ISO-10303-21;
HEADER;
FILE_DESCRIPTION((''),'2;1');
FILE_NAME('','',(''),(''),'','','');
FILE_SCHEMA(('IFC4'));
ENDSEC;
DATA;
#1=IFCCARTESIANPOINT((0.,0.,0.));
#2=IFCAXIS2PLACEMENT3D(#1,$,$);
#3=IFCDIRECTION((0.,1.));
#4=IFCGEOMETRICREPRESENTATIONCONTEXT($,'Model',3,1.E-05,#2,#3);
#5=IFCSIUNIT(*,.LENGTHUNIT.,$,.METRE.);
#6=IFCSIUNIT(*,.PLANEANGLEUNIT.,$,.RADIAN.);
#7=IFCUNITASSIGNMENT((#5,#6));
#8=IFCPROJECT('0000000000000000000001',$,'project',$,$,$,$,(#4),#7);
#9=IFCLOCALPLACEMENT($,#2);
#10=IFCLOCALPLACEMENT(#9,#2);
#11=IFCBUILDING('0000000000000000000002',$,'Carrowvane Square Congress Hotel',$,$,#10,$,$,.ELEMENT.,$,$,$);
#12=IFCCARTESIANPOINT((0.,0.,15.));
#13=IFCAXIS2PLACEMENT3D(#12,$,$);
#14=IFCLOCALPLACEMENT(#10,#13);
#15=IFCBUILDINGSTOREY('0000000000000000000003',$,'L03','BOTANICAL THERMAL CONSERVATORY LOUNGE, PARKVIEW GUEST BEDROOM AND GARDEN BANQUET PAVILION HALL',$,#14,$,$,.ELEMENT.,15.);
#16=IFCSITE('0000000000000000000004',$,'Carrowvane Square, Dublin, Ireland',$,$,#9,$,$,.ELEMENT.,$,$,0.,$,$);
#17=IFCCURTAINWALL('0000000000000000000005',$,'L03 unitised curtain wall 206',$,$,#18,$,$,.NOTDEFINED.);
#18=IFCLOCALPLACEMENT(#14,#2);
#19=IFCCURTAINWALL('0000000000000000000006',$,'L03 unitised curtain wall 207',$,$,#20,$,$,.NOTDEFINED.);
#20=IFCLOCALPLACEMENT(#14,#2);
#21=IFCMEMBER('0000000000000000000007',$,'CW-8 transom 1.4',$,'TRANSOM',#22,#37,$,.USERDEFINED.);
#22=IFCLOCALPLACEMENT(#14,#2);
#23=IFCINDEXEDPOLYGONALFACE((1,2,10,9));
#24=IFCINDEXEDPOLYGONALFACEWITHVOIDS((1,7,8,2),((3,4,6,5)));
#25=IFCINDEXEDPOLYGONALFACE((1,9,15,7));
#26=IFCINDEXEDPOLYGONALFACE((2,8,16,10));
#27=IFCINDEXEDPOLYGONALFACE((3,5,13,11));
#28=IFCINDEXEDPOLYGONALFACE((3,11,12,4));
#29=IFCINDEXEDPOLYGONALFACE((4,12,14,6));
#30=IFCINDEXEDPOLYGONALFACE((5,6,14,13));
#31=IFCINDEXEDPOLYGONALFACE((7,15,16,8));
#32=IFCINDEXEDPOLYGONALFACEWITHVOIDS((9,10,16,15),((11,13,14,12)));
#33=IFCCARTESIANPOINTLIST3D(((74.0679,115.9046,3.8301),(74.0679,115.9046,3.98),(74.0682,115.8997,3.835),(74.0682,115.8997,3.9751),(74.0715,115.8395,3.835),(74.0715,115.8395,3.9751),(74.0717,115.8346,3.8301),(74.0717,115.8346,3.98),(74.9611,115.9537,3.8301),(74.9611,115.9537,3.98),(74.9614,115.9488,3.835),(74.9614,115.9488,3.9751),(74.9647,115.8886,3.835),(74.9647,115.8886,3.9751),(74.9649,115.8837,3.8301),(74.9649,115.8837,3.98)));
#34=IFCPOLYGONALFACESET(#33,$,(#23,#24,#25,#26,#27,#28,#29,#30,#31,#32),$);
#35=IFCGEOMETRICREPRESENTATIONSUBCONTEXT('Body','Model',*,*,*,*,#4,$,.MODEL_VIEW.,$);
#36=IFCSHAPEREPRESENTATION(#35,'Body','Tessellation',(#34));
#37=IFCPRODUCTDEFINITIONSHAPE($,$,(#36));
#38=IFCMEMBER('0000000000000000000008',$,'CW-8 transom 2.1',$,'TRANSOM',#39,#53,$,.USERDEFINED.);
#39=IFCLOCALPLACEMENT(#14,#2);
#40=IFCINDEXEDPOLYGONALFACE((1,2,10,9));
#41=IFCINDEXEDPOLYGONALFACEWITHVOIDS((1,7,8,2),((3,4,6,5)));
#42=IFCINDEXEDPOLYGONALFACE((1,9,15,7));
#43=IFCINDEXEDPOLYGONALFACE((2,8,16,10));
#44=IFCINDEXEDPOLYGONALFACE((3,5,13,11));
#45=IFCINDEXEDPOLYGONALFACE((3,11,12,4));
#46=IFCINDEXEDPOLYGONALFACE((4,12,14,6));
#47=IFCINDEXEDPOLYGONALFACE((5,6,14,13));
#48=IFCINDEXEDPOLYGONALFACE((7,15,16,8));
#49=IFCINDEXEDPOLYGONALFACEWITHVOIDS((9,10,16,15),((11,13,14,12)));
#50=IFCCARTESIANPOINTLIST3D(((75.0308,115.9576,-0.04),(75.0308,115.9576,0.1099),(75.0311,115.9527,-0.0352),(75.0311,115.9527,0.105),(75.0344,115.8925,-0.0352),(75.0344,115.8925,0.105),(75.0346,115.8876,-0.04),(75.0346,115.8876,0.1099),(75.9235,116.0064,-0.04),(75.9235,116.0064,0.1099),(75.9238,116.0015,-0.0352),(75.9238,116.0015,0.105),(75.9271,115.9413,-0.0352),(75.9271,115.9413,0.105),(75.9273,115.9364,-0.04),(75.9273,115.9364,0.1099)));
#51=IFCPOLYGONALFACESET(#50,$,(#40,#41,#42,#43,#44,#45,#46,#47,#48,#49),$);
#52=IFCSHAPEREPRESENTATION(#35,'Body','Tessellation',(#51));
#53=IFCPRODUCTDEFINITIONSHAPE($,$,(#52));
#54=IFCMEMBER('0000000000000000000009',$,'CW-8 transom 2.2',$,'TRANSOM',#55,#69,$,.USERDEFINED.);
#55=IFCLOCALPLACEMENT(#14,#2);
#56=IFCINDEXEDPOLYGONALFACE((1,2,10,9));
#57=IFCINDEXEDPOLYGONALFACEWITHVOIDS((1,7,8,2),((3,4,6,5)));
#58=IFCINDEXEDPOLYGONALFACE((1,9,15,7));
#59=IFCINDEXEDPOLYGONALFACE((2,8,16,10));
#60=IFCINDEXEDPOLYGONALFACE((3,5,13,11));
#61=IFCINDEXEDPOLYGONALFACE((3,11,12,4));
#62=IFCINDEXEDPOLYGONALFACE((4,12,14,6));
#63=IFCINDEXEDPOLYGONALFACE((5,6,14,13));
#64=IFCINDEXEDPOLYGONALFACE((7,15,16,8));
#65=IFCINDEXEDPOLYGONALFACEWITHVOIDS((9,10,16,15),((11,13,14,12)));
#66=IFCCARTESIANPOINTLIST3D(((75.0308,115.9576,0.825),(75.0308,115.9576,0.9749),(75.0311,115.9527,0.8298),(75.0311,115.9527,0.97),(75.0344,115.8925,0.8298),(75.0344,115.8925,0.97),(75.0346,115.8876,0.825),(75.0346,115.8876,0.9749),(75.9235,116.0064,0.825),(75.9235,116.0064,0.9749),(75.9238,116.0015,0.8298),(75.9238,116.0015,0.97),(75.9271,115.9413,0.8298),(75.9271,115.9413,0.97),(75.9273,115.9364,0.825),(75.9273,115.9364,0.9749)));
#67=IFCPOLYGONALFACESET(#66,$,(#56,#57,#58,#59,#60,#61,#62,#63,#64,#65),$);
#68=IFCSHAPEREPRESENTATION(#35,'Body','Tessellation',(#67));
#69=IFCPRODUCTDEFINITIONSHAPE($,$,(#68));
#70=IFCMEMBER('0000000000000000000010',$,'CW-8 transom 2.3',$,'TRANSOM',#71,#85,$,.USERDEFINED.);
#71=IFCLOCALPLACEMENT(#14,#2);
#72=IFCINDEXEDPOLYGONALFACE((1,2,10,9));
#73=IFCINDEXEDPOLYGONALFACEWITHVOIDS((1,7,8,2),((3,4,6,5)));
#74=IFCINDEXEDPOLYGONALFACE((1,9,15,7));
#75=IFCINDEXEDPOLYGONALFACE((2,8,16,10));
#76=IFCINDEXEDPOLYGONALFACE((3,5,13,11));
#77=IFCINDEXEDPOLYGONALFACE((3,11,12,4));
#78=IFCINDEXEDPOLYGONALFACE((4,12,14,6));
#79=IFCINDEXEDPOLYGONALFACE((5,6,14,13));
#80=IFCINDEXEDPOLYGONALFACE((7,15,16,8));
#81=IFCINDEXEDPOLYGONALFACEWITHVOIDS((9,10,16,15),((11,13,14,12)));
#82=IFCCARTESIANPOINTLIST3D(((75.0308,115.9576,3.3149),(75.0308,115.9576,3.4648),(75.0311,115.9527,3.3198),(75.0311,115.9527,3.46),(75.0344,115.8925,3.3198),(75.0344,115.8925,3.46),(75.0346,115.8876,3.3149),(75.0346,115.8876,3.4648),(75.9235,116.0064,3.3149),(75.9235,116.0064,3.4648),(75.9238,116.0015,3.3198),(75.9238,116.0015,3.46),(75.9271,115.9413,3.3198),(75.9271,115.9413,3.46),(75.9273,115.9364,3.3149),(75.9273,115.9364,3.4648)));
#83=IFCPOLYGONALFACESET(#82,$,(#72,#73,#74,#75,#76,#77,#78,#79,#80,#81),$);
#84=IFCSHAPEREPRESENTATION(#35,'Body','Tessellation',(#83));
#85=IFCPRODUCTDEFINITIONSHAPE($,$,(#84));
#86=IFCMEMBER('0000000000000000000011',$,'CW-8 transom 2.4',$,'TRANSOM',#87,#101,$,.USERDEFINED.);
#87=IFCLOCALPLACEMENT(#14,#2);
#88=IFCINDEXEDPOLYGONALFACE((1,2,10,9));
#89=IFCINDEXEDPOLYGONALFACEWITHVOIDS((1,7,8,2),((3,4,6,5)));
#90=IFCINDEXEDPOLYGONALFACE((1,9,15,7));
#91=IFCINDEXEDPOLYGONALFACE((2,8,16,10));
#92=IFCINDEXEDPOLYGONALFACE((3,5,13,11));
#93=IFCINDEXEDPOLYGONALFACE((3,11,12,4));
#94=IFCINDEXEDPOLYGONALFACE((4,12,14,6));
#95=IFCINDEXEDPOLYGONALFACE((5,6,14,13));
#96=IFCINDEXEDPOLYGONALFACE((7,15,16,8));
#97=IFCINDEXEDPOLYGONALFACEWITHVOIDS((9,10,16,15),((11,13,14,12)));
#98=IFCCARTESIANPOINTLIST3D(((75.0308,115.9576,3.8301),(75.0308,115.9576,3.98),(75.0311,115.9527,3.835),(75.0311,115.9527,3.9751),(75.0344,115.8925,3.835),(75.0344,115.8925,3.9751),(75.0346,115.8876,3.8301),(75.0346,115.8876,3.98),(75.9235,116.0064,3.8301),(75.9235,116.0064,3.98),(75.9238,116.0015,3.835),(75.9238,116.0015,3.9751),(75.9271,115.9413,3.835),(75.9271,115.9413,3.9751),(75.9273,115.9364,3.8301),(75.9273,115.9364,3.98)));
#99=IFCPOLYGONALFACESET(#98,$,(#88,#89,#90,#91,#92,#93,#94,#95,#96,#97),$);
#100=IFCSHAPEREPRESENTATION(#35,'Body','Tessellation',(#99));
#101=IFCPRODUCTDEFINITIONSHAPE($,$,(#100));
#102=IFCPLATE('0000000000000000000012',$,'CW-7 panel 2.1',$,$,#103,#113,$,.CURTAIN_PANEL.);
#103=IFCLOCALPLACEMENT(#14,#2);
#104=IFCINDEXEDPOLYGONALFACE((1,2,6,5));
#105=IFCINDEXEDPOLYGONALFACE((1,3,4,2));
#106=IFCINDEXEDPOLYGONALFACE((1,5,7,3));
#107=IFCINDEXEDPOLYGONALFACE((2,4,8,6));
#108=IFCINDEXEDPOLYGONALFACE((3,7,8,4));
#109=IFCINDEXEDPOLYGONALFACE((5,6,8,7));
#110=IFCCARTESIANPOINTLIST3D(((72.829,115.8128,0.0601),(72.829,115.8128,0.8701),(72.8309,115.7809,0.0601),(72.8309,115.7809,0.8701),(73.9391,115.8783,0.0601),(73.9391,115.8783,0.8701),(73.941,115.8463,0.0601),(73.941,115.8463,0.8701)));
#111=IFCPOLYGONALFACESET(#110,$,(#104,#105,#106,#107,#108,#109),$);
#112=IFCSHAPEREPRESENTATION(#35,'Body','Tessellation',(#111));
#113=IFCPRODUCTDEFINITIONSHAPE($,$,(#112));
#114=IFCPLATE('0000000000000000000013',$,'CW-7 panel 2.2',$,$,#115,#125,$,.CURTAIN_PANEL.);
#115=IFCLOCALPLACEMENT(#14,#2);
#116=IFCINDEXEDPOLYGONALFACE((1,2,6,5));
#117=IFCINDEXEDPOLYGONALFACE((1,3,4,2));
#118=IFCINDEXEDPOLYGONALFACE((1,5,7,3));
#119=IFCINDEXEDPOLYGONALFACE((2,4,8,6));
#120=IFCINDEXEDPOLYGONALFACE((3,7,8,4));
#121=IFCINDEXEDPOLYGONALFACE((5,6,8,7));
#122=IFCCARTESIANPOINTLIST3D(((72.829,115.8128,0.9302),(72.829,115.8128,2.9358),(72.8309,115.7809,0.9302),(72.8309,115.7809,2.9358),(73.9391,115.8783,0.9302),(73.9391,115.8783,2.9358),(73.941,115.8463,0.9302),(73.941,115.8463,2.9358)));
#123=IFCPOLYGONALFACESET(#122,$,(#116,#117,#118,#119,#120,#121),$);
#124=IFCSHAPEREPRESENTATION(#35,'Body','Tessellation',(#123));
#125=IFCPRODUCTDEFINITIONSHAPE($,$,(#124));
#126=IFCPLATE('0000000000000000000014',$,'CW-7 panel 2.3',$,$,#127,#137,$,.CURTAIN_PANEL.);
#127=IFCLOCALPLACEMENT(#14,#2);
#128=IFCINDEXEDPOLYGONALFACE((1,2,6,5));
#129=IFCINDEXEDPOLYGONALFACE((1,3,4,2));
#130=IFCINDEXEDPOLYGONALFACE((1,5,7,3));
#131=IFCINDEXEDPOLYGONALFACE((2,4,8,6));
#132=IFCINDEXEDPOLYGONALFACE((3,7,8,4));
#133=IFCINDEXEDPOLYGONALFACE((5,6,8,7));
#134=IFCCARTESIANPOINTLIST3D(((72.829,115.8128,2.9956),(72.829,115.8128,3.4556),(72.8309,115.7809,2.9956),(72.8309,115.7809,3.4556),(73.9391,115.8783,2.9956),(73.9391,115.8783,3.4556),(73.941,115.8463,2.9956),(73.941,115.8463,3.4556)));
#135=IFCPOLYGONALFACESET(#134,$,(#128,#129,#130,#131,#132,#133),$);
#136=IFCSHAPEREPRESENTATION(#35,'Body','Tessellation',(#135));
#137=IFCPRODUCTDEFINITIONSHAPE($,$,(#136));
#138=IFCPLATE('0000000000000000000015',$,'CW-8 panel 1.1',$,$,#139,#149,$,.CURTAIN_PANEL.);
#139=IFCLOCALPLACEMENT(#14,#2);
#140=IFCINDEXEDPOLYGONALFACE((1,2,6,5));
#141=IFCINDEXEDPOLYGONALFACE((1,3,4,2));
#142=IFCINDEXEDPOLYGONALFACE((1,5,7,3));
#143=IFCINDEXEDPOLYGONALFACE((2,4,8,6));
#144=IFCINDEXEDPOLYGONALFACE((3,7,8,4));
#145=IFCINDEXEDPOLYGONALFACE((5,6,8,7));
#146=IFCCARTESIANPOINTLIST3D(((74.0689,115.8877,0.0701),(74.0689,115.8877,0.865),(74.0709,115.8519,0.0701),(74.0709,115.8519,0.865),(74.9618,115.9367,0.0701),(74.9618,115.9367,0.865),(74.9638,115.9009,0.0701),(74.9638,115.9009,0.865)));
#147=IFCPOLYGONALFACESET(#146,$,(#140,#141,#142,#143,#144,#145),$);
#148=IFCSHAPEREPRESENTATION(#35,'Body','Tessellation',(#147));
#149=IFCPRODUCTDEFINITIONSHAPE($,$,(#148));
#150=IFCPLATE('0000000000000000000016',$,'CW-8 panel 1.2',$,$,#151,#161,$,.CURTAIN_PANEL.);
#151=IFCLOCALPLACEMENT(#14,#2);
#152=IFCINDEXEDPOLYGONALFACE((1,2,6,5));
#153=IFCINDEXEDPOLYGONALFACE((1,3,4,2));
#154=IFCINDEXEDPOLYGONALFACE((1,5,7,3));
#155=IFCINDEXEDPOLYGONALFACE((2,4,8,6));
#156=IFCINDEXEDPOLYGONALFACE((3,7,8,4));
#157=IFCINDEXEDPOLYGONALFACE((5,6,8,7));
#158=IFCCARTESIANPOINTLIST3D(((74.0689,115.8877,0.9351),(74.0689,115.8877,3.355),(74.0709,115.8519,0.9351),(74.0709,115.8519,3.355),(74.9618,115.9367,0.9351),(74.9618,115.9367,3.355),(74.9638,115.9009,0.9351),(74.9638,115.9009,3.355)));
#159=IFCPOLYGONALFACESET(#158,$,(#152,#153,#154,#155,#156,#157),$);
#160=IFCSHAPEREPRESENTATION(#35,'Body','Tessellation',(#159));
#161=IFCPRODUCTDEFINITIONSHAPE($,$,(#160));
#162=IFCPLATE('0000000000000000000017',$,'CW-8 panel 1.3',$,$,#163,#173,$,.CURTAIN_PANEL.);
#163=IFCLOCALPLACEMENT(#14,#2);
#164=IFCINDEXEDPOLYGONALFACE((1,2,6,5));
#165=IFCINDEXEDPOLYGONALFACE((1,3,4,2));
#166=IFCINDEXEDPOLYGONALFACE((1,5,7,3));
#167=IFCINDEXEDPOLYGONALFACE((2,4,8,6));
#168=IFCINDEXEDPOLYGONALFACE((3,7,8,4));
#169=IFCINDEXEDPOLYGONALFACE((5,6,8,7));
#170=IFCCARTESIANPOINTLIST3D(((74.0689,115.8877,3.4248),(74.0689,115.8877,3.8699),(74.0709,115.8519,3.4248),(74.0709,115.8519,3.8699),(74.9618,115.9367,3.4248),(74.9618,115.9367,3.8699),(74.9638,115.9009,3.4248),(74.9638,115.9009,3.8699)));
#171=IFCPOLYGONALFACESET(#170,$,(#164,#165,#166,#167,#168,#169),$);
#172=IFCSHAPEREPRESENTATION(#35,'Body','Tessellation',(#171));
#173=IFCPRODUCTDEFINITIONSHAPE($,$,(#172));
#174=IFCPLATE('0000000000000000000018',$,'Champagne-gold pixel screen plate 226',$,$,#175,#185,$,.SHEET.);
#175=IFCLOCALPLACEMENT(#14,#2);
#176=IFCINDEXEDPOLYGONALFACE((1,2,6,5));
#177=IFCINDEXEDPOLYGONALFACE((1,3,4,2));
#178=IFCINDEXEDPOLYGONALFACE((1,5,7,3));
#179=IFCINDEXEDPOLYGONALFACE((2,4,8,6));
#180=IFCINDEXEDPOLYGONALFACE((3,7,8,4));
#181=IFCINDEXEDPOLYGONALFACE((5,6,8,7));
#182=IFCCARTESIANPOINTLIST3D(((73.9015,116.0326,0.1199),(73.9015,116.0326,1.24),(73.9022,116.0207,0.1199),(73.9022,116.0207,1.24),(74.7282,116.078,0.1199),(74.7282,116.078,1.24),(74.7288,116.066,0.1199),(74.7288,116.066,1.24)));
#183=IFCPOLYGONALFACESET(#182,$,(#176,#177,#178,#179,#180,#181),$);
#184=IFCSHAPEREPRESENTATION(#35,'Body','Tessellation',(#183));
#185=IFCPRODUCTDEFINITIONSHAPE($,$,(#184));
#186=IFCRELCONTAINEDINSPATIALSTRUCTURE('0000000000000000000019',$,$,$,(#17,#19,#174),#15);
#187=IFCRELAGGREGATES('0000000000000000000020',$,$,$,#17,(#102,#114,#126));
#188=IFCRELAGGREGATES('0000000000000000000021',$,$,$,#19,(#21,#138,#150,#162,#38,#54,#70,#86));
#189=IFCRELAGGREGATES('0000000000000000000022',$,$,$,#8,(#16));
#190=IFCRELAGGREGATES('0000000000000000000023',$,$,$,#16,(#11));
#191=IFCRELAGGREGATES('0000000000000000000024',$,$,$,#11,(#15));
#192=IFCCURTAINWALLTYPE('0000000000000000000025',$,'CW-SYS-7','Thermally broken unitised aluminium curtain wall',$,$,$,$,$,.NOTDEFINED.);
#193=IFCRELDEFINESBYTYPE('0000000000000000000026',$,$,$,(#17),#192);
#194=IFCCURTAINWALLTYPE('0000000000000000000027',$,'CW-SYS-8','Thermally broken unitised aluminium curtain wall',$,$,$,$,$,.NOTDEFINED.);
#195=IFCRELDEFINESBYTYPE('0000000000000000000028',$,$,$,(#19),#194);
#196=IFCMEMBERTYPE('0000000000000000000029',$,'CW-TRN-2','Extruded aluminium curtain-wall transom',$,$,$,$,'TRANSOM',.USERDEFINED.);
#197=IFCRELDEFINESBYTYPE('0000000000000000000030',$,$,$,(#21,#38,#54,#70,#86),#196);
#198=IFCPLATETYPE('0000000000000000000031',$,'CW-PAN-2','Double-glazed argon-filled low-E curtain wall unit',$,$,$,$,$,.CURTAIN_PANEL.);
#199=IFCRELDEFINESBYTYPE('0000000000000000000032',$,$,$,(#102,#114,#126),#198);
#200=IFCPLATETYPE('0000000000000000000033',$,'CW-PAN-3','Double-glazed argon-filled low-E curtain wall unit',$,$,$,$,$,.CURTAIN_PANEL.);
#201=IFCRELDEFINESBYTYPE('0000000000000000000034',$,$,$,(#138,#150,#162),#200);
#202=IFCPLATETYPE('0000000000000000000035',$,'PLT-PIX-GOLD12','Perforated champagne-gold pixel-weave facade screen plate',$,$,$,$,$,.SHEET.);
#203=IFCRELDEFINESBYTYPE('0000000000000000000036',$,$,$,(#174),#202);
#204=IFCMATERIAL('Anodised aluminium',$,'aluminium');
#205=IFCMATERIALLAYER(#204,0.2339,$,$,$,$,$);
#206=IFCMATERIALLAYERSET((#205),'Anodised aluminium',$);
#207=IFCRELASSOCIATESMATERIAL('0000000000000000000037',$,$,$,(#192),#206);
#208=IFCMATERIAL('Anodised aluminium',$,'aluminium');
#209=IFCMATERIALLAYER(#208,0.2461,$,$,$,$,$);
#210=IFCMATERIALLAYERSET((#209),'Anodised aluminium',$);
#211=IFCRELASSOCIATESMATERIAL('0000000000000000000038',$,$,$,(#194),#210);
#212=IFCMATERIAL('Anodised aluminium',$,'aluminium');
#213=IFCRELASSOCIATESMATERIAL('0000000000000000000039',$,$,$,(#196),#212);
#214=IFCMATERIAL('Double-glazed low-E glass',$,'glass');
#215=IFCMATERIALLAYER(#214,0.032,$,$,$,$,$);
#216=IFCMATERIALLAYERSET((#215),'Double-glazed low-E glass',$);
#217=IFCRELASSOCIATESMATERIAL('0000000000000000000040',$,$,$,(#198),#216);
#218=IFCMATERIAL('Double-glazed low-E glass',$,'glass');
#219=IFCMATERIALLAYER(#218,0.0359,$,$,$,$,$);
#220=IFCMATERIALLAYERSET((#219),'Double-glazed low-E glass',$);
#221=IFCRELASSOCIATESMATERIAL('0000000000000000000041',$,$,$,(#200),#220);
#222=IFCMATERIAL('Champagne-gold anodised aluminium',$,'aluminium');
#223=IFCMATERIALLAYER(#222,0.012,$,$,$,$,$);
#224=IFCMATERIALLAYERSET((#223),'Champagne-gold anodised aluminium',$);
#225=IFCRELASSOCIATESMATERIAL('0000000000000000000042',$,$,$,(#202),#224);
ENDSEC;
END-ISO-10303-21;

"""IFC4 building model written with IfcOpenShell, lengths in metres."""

from ifc_helpers import new_model, si_unit, direction, frame, origin, origin_2d, place, context, subcontext, project, spatial, rectangle, hollow_rectangle, extrude, material, layer, layer_set, material_profile, profile_set, type_object, element, aggregate, save


model = new_model("IFC4")

# Units and contexts
model_context = context("Model", 3, precision=1e-05, world=origin(), true_north=direction((0.0, 1.0)))
body_context = subcontext(model_context, "Body", "Model", "MODEL_VIEW")
ifc_project = project(units=[si_unit("LENGTHUNIT", "METRE"), si_unit("PLANEANGLEUNIT", "RADIAN")], contexts=[model_context])

# Site, building, storey
site_placement = place(None, origin())
site = spatial("IfcSite", under=ifc_project, at=site_placement, Name="Carrowvane Square, Dublin, Ireland", CompositionType="ELEMENT", RefElevation=0.0)
building_placement = place(site_placement, origin())
building = spatial("IfcBuilding", under=site, at=building_placement, Name="Carrowvane Square Congress Hotel", CompositionType="ELEMENT")
storey_placement = place(building_placement, frame((0.0, 0.0, 15.0)))
storey = spatial("IfcBuildingStorey", under=building, at=storey_placement, Name="L03", Description="BOTANICAL THERMAL CONSERVATORY LOUNGE, PARKVIEW GUEST BEDROOM AND GARDEN BANQUET PAVILION HALL", CompositionType="ELEMENT", Elevation=15.0)

# Curtain wall
ifc_material_1 = material(Name="Anodised aluminium", Category="aluminium")
ifc_layer_1 = layer(ifc_material_1, 0.2339)
ifc_layer_set_1 = layer_set([ifc_layer_1], Name="Anodised aluminium")
curtain_wall_type_1 = type_object("IfcCurtainWallType", Name="CW-SYS-7", Description="Thermally broken unitised aluminium curtain wall", PredefinedType="NOTDEFINED", material=ifc_layer_set_1)
curtain_wall_1_placement = place(storey_placement, origin())
curtain_wall_1 = element("IfcCurtainWall", 1, at=curtain_wall_1_placement, inside=storey, type_object=curtain_wall_type_1, Name="L03 unitised curtain wall 206", PredefinedType="NOTDEFINED")

# Curtain wall
ifc_material_2 = material(Name="Anodised aluminium", Category="aluminium")
ifc_layer_2 = layer(ifc_material_2, 0.2461)
ifc_layer_set_2 = layer_set([ifc_layer_2], Name="Anodised aluminium")
curtain_wall_type_2 = type_object("IfcCurtainWallType", Name="CW-SYS-8", Description="Thermally broken unitised aluminium curtain wall", PredefinedType="NOTDEFINED", material=ifc_layer_set_2)
curtain_wall_2_placement = place(storey_placement, origin())
curtain_wall_2 = element("IfcCurtainWall", 2, at=curtain_wall_2_placement, inside=storey, type_object=curtain_wall_type_2, Name="L03 unitised curtain wall 207", PredefinedType="NOTDEFINED")

# Members
ifc_material_3 = material(Name="Anodised aluminium", Category="aluminium")
ifc_material_profile_1 = material_profile(ifc_material_3, hollow_rectangle(XDim=0.0701, YDim=0.1499, WallThickness=0.0049, at=origin_2d()), Name="CW-TR 70x150x5")
ifc_profile_set_1 = profile_set([ifc_material_profile_1], Name="Anodised aluminium")
member_type_1 = type_object("IfcMemberType", Name="CW-TRN-2", Description="Extruded aluminium curtain-wall transom", ElementType="TRANSOM", PredefinedType="USERDEFINED", material=ifc_profile_set_1)
member_1_placement = place(storey_placement, frame((74.0698, 115.8696, 3.905), z_axis=(0.998494, 0.054865, 0.0), x_axis=(-0.054865, 0.998494, 0.0)))
member_1 = element("IfcMember", 3, at=member_1_placement, type_object=member_type_1, Name="CW-8 transom 1.4", ObjectType="TRANSOM", PredefinedType="USERDEFINED", context=body_context, shape_type="SweptSolid", body=[
    extrude(hollow_rectangle(XDim=0.0701, YDim=0.1499, WallThickness=0.0049, at=origin_2d()), origin(), (0.0, 0.0, 1.0), 0.8945),
])
member_2_placement = place(storey_placement, frame((75.0327, 115.9226, 0.0349), z_axis=(0.998508, 0.054608, 0.0), x_axis=(-0.054608, 0.998508, 0.0)))
member_2 = element("IfcMember", 4, at=member_2_placement, type_object=member_type_1, Name="CW-8 transom 2.1", ObjectType="TRANSOM", PredefinedType="USERDEFINED", context=body_context, shape_type="SweptSolid", body=[
    extrude(hollow_rectangle(XDim=0.0701, YDim=0.1499, WallThickness=0.0049, at=origin_2d()), origin(), (0.0, 0.0, 1.0), 0.894),
])
member_3_placement = place(storey_placement, frame((75.0327, 115.9226, 0.8999), z_axis=(0.998508, 0.054608, 0.0), x_axis=(-0.054608, 0.998508, 0.0)))
member_3 = element("IfcMember", 5, at=member_3_placement, type_object=member_type_1, Name="CW-8 transom 2.2", ObjectType="TRANSOM", PredefinedType="USERDEFINED", context=body_context, shape_type="SweptSolid", body=[
    extrude(hollow_rectangle(XDim=0.0701, YDim=0.1499, WallThickness=0.0049, at=origin_2d()), origin(), (0.0, 0.0, 1.0), 0.894),
])
member_4_placement = place(storey_placement, frame((75.0327, 115.9226, 3.3899), z_axis=(0.998508, 0.054608, 0.0), x_axis=(-0.054608, 0.998508, 0.0)))
member_4 = element("IfcMember", 6, at=member_4_placement, type_object=member_type_1, Name="CW-8 transom 2.3", ObjectType="TRANSOM", PredefinedType="USERDEFINED", context=body_context, shape_type="SweptSolid", body=[
    extrude(hollow_rectangle(XDim=0.0701, YDim=0.1499, WallThickness=0.0049, at=origin_2d()), origin(), (0.0, 0.0, 1.0), 0.894),
])
member_5_placement = place(storey_placement, frame((75.0327, 115.9226, 3.905), z_axis=(0.998508, 0.054608, 0.0), x_axis=(-0.054608, 0.998508, 0.0)))
member_5 = element("IfcMember", 7, at=member_5_placement, type_object=member_type_1, Name="CW-8 transom 2.4", ObjectType="TRANSOM", PredefinedType="USERDEFINED", context=body_context, shape_type="SweptSolid", body=[
    extrude(hollow_rectangle(XDim=0.0701, YDim=0.1499, WallThickness=0.0049, at=origin_2d()), origin(), (0.0, 0.0, 1.0), 0.894),
])

# Plates
ifc_material_4 = material(Name="Double-glazed low-E glass", Category="glass")
ifc_layer_3 = layer(ifc_material_4, 0.032)
ifc_layer_set_3 = layer_set([ifc_layer_3], Name="Double-glazed low-E glass")
plate_type_1 = type_object("IfcPlateType", Name="CW-PAN-2", Description="Double-glazed argon-filled low-E curtain wall unit", PredefinedType="CURTAIN_PANEL", material=ifc_layer_set_3)
plate_1_placement = place(storey_placement, frame((73.385, 115.8296, 0.0601), z_axis=(0.0, 0.0, 1.0), x_axis=(0.998267, 0.058851, 0.0)))
plate_1 = element("IfcPlate", 8, at=plate_1_placement, type_object=plate_type_1, Name="CW-7 panel 2.1", PredefinedType="CURTAIN_PANEL", context=body_context, shape_type="SweptSolid", body=[
    extrude(rectangle(XDim=1.1121, YDim=0.032, at=origin_2d()), origin(), (0.0, 0.0, 1.0), 0.8101),
])
plate_2_placement = place(storey_placement, frame((73.385, 115.8296, 0.9302), z_axis=(0.0, 0.0, 1.0), x_axis=(0.998267, 0.058851, 0.0)))
plate_2 = element("IfcPlate", 9, at=plate_2_placement, type_object=plate_type_1, Name="CW-7 panel 2.2", PredefinedType="CURTAIN_PANEL", context=body_context, shape_type="SweptSolid", body=[
    extrude(rectangle(XDim=1.1121, YDim=0.032, at=origin_2d()), origin(), (0.0, 0.0, 1.0), 2.0056),
])
plate_3_placement = place(storey_placement, frame((73.385, 115.8296, 2.9956), z_axis=(0.0, 0.0, 1.0), x_axis=(0.998267, 0.058851, 0.0)))
plate_3 = element("IfcPlate", 10, at=plate_3_placement, type_object=plate_type_1, Name="CW-7 panel 2.3", PredefinedType="CURTAIN_PANEL", context=body_context, shape_type="SweptSolid", body=[
    extrude(rectangle(XDim=1.1121, YDim=0.032, at=origin_2d()), origin(), (0.0, 0.0, 1.0), 0.46),
])
aggregate(curtain_wall_1, [plate_1, plate_2, plate_3])
ifc_material_5 = material(Name="Double-glazed low-E glass", Category="glass")
ifc_layer_4 = layer(ifc_material_5, 0.0359)
ifc_layer_set_4 = layer_set([ifc_layer_4], Name="Double-glazed low-E glass")
plate_type_2 = type_object("IfcPlateType", Name="CW-PAN-3", Description="Double-glazed argon-filled low-E curtain wall unit", PredefinedType="CURTAIN_PANEL", material=ifc_layer_set_4)
plate_4_placement = place(storey_placement, frame((74.5164, 115.8943, 0.0701), z_axis=(0.0, 0.0, 1.0), x_axis=(0.998496, 0.054816, 0.0)))
plate_4 = element("IfcPlate", 11, at=plate_4_placement, type_object=plate_type_2, Name="CW-8 panel 1.1", PredefinedType="CURTAIN_PANEL", context=body_context, shape_type="SweptSolid", body=[
    extrude(rectangle(XDim=0.8943, YDim=0.0359, at=origin_2d()), origin(), (0.0, 0.0, 1.0), 0.7949),
])
plate_5_placement = place(storey_placement, frame((74.5164, 115.8943, 0.9351), z_axis=(0.0, 0.0, 1.0), x_axis=(0.998496, 0.054816, 0.0)))
plate_5 = element("IfcPlate", 12, at=plate_5_placement, type_object=plate_type_2, Name="CW-8 panel 1.2", PredefinedType="CURTAIN_PANEL", context=body_context, shape_type="SweptSolid", body=[
    extrude(rectangle(XDim=0.8943, YDim=0.0359, at=origin_2d()), origin(), (0.0, 0.0, 1.0), 2.4199),
])
plate_6_placement = place(storey_placement, frame((74.5164, 115.8943, 3.4248), z_axis=(0.0, 0.0, 1.0), x_axis=(0.998496, 0.054816, 0.0)))
plate_6 = element("IfcPlate", 13, at=plate_6_placement, type_object=plate_type_2, Name="CW-8 panel 1.3", PredefinedType="CURTAIN_PANEL", context=body_context, shape_type="SweptSolid", body=[
    extrude(rectangle(XDim=0.8943, YDim=0.0359, at=origin_2d()), origin(), (0.0, 0.0, 1.0), 0.4451),
])
aggregate(curtain_wall_2, [member_1, plate_4, plate_5, plate_6, member_2, member_3, member_4, member_5])

# Plate
ifc_material_6 = material(Name="Champagne-gold anodised aluminium", Category="aluminium")
ifc_layer_5 = layer(ifc_material_6, 0.012)
ifc_layer_set_5 = layer_set([ifc_layer_5], Name="Champagne-gold anodised aluminium")
plate_type_3 = type_object("IfcPlateType", Name="PLT-PIX-GOLD12", Description="Perforated champagne-gold pixel-weave facade screen plate", PredefinedType="SHEET", material=ifc_layer_set_5)
plate_7_placement = place(storey_placement, frame((74.3152, 116.0493, 0.1199), z_axis=(0.0, 0.0, 1.0), x_axis=(0.998497, 0.054815, 0.0)))
element("IfcPlate", 14, at=plate_7_placement, inside=storey, type_object=plate_type_3, Name="Champagne-gold pixel screen plate 226", PredefinedType="SHEET", context=body_context, shape_type="SweptSolid", body=[
    extrude(rectangle(XDim=0.8279, YDim=0.012, at=origin_2d()), origin(), (0.0, 0.0, 1.0), 1.1201),
])

save(model, "model.ifc")
